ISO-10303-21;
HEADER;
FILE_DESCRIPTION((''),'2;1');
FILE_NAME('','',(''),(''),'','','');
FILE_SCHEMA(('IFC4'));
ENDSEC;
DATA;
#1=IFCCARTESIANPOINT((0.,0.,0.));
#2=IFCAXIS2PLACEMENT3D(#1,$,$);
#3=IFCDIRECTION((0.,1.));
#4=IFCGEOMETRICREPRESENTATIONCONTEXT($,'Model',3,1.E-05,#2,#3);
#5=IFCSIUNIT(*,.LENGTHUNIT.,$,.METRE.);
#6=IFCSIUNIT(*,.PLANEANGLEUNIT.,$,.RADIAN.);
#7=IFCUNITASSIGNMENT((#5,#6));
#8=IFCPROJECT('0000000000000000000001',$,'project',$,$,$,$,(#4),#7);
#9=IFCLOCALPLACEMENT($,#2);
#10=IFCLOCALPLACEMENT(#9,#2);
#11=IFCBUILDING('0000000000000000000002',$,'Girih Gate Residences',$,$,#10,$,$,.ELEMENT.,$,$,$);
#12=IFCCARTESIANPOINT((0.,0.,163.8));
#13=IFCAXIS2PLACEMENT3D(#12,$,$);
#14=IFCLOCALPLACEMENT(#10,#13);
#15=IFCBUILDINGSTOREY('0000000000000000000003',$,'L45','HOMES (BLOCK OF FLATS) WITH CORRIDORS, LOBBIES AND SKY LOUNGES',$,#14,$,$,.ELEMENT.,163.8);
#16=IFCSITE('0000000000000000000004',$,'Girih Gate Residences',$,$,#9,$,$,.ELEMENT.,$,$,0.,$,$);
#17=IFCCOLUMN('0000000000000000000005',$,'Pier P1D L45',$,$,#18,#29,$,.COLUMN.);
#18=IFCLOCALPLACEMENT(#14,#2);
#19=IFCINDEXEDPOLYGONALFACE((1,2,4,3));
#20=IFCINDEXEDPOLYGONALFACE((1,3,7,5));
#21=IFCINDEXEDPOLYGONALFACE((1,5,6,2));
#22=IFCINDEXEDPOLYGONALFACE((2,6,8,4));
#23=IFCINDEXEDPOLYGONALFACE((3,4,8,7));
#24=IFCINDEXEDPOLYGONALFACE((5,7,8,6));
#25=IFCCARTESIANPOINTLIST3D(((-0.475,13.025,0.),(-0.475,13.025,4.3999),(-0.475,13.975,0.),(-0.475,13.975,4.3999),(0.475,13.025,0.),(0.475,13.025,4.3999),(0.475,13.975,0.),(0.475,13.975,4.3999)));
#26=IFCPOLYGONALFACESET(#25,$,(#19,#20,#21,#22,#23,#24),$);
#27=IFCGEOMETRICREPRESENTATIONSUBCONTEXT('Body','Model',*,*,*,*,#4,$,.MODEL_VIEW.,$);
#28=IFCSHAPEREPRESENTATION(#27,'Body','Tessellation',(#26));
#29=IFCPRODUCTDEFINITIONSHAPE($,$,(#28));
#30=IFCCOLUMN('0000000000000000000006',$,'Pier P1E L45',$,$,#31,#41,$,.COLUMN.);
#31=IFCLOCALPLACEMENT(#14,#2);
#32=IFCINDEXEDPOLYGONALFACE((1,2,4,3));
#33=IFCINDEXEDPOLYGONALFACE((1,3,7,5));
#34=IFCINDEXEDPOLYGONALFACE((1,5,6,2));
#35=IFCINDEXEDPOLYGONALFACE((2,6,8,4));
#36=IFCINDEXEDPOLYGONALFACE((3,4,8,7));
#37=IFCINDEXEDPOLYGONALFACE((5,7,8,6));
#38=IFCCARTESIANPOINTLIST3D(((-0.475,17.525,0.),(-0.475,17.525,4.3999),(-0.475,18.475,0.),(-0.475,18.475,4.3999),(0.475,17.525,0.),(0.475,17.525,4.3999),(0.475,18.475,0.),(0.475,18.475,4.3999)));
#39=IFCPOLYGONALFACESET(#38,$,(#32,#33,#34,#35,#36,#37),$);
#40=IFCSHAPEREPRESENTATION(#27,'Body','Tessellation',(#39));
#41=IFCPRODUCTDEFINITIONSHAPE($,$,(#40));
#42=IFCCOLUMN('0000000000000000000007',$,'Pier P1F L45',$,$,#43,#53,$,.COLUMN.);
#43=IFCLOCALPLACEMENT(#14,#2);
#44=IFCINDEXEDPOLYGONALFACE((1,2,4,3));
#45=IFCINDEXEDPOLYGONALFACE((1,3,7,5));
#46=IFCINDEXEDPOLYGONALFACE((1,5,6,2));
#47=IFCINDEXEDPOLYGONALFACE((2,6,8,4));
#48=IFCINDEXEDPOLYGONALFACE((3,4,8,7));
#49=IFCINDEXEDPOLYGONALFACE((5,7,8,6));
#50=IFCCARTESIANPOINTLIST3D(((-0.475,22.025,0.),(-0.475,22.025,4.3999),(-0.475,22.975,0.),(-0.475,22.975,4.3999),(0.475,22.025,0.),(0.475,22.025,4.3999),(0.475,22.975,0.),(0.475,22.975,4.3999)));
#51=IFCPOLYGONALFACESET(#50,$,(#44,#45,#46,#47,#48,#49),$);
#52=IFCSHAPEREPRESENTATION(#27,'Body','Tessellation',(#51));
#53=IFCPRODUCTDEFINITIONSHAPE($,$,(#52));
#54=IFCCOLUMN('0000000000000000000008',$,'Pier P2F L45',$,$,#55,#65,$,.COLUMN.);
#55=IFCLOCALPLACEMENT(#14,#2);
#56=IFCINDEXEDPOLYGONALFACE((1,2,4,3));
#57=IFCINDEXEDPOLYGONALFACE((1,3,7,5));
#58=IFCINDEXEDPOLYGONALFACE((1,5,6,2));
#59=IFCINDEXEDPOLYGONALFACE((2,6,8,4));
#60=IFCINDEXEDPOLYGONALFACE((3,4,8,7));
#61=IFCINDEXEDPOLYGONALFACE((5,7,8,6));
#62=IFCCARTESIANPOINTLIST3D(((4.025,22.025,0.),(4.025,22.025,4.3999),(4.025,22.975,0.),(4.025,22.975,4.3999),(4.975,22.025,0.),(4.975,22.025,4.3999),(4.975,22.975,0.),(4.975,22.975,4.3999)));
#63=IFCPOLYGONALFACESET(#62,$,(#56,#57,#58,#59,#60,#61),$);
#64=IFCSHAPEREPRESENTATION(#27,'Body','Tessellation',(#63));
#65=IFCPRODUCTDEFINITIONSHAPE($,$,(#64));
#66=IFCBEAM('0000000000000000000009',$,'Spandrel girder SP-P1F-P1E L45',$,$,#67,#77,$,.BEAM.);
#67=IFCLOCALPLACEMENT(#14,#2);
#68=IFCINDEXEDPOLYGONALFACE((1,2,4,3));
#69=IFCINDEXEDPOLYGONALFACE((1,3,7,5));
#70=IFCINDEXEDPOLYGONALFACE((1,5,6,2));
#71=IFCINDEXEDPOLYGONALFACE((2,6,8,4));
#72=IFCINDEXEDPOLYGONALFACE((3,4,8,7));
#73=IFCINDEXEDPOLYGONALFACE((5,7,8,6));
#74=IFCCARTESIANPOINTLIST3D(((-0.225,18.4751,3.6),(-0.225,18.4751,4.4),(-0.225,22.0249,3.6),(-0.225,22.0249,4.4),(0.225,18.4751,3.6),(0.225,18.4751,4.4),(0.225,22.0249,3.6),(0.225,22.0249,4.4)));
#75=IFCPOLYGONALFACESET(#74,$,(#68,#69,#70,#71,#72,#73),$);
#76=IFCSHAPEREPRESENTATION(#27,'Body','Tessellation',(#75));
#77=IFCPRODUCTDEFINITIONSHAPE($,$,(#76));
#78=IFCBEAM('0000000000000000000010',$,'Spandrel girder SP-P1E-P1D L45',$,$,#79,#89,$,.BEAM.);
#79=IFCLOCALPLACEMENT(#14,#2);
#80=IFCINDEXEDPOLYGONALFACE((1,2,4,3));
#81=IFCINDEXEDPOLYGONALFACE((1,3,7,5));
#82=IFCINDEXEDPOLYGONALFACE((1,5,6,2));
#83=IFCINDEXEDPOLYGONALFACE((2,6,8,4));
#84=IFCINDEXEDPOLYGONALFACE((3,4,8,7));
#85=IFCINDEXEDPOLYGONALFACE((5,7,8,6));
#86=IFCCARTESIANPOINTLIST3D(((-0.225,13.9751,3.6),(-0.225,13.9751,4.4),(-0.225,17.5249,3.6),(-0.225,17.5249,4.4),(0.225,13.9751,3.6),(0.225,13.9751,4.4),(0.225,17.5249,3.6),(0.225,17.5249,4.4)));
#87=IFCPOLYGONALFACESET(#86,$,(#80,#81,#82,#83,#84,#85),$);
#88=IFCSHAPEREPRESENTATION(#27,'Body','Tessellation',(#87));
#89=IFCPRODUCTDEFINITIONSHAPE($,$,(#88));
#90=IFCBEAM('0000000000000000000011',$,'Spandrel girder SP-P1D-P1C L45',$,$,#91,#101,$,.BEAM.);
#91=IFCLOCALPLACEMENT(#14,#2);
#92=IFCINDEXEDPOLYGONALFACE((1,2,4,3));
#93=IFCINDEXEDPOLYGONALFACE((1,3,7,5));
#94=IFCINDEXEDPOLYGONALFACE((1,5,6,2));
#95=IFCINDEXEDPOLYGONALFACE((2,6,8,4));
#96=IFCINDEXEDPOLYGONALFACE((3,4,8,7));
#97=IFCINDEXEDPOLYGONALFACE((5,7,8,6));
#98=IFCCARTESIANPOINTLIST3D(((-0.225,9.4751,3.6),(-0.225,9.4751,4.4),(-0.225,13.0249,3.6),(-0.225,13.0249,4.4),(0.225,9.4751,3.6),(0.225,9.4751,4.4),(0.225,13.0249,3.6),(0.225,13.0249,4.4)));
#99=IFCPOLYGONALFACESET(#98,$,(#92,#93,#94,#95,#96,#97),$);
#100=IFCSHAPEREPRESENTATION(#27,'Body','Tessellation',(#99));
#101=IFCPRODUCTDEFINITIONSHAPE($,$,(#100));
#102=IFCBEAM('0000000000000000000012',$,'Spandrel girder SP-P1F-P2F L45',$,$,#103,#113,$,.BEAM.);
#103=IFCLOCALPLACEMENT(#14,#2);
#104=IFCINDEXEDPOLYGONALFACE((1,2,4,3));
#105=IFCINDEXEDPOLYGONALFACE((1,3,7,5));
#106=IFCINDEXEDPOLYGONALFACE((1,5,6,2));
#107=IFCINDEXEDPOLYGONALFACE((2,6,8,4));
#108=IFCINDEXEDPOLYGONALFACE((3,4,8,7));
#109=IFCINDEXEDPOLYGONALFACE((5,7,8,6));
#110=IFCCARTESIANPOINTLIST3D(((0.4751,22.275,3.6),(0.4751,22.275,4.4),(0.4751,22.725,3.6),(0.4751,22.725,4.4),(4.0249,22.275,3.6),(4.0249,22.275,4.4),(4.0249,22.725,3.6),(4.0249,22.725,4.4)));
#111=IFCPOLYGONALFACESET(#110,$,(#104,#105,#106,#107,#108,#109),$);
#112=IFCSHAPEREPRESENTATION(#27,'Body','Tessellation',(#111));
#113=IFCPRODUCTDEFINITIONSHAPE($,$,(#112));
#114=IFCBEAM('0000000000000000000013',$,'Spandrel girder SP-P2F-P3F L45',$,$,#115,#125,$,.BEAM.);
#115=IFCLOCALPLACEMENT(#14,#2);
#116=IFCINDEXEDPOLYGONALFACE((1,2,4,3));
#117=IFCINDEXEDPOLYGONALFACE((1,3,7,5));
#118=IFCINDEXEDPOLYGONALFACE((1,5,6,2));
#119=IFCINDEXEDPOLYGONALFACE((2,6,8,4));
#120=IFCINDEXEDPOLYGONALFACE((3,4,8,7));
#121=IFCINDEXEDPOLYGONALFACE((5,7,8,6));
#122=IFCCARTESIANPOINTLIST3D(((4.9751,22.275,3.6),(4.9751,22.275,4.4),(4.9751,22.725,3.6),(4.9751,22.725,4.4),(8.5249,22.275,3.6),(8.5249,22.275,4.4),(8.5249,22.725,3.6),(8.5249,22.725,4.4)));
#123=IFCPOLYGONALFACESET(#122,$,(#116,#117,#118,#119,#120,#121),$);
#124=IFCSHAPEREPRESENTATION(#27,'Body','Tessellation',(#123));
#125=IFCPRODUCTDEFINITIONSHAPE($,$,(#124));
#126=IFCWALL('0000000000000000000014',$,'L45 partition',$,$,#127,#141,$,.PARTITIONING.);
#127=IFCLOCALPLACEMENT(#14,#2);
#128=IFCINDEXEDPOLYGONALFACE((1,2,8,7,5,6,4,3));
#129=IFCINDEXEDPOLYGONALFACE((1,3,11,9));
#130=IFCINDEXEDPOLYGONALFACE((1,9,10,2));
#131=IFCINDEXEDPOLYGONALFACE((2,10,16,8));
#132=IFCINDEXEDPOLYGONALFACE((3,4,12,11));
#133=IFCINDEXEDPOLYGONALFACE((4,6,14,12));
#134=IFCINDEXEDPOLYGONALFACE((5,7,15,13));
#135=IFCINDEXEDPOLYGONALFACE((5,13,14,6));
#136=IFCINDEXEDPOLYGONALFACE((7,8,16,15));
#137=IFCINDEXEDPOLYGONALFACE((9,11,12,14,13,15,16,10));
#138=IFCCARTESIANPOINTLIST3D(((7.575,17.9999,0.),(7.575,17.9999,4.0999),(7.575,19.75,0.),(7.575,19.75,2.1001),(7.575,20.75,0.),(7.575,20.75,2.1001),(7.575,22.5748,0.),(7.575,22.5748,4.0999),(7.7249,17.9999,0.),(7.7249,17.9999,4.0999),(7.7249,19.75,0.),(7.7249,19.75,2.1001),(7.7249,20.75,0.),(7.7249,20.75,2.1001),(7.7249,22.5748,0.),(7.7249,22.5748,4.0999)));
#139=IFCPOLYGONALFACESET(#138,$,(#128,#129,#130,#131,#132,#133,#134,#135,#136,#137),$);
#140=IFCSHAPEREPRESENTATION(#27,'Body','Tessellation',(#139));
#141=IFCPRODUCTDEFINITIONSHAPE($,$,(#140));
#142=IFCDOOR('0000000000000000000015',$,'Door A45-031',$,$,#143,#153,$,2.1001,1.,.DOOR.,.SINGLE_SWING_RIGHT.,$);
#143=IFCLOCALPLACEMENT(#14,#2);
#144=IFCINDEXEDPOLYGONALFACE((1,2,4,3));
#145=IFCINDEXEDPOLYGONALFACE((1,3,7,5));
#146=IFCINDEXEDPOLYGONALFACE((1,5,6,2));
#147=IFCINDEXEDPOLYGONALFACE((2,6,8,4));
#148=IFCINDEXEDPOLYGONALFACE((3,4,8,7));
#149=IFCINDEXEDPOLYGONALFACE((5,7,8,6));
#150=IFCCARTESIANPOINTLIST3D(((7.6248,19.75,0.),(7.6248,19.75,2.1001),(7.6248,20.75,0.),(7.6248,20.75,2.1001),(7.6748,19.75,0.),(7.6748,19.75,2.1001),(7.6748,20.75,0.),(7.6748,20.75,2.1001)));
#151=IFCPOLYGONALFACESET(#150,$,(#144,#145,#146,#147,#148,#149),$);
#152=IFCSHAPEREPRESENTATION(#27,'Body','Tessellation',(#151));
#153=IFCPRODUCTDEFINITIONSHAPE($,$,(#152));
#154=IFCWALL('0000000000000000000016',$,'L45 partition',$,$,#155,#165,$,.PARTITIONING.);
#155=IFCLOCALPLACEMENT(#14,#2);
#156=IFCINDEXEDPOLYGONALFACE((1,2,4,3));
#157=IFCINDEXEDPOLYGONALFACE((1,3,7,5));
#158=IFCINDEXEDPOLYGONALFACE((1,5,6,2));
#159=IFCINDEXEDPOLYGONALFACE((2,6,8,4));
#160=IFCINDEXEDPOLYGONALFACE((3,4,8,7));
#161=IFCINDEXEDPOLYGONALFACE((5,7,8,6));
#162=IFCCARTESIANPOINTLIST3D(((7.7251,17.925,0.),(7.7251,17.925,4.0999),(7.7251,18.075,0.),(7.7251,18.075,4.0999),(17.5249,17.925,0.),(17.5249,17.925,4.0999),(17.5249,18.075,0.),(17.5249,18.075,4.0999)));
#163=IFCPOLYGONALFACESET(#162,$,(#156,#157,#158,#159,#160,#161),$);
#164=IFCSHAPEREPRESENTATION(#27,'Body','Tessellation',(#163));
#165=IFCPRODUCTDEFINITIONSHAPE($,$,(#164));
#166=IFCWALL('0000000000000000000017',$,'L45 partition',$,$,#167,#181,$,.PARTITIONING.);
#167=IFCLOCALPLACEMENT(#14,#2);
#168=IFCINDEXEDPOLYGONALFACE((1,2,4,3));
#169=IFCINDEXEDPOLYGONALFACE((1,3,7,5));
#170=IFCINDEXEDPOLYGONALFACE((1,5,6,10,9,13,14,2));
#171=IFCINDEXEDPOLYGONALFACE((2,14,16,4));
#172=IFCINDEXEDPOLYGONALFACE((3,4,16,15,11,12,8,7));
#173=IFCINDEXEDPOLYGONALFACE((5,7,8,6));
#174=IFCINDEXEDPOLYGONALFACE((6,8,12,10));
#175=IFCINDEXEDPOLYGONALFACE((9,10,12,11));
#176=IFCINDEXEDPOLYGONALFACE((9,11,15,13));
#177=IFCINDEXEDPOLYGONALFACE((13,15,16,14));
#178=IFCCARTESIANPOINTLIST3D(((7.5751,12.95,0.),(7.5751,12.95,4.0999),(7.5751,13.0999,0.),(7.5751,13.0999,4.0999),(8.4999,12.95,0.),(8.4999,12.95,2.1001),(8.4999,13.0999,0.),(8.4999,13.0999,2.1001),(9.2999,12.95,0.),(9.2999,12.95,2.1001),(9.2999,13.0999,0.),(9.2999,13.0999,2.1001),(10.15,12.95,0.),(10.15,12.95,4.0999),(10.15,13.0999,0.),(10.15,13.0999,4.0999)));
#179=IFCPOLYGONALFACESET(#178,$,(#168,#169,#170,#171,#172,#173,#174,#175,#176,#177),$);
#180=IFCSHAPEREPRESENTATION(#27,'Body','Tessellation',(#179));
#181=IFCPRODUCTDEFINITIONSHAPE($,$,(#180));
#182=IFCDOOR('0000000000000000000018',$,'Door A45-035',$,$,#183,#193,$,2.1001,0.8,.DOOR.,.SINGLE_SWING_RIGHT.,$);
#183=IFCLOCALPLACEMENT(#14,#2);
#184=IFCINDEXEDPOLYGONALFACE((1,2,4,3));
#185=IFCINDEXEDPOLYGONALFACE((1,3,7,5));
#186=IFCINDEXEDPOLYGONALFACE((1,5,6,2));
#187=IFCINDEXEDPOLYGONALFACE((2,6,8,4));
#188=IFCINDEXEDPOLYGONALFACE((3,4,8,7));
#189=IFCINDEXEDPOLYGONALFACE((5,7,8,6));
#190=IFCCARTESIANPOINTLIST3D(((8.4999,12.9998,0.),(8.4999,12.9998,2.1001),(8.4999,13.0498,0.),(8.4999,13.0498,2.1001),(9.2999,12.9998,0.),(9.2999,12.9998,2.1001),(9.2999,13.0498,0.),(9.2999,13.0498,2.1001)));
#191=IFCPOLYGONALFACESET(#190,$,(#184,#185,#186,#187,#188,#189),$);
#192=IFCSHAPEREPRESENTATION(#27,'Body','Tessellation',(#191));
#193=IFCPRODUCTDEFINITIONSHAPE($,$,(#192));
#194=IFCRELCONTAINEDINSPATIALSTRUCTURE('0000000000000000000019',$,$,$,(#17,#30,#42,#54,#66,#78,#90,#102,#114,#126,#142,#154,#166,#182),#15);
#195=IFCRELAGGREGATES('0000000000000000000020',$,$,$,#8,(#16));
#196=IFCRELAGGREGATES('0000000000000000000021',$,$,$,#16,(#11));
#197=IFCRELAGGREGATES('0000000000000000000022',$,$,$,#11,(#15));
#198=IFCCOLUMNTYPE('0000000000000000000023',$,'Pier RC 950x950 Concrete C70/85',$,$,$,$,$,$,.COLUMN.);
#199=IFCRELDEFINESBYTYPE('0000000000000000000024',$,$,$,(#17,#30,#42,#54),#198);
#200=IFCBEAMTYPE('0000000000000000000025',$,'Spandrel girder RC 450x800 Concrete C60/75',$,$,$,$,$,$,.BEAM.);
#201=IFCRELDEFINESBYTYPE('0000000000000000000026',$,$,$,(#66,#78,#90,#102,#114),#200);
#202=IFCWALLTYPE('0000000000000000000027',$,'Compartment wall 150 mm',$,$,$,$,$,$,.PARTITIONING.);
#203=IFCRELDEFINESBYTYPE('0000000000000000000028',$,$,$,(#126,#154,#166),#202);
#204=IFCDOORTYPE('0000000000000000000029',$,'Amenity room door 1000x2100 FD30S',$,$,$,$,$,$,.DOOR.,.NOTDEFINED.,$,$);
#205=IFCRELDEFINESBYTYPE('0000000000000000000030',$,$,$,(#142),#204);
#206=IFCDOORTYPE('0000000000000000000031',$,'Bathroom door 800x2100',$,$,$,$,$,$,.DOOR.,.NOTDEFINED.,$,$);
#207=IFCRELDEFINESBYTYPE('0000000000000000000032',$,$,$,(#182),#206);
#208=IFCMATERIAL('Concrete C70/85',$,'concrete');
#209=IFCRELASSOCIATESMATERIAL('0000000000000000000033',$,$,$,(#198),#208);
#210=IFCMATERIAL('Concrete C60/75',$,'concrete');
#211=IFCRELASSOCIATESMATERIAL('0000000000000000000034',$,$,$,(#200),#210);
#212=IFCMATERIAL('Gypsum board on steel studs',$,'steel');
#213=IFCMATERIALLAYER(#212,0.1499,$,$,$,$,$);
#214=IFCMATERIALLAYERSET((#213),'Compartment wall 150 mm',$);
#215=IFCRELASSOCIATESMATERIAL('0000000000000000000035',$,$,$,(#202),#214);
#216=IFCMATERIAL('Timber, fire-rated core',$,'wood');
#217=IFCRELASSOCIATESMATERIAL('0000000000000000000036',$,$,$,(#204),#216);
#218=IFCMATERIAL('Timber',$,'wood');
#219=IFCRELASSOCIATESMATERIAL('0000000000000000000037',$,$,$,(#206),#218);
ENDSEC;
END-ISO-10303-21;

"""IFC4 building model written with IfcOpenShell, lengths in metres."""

from ifc_helpers import new_model, si_unit, direction, frame, frame_2d, origin, origin_2d, place, context, subcontext, project, spatial, rectangle, extrude, material, layer, layer_set, material_profile, profile_set, type_object, element, fill, save


model = new_model("IFC4")

# Units and contexts
model_context = context("Model", 3, precision=1e-05, world=origin(), true_north=direction((0.0, 1.0)))
body_context = subcontext(model_context, "Body", "Model", "MODEL_VIEW")
ifc_project = project(units=[si_unit("LENGTHUNIT", "METRE"), si_unit("PLANEANGLEUNIT", "RADIAN")], contexts=[model_context])

# Site, building, storey
site_placement = place(None, origin())
site = spatial("IfcSite", under=ifc_project, at=site_placement, Name="Girih Gate Residences", CompositionType="ELEMENT", RefElevation=0.0)
building_placement = place(site_placement, origin())
building = spatial("IfcBuilding", under=site, at=building_placement, Name="Girih Gate Residences", CompositionType="ELEMENT")
storey_placement = place(building_placement, frame((0.0, 0.0, 163.8)))
storey = spatial("IfcBuildingStorey", under=building, at=storey_placement, Name="L45", Description="HOMES (BLOCK OF FLATS) WITH CORRIDORS, LOBBIES AND SKY LOUNGES", CompositionType="ELEMENT", Elevation=163.8)

# Columns
ifc_material_1 = material(Name="Concrete C70/85", Category="concrete")
ifc_material_profile_1 = material_profile(ifc_material_1, rectangle(XDim=0.95, YDim=0.95, at=origin_2d()))
ifc_profile_set_1 = profile_set([ifc_material_profile_1], Name="Concrete C70/85")
column_type = type_object("IfcColumnType", Name="Pier RC 950x950 Concrete C70/85", PredefinedType="COLUMN", material=ifc_profile_set_1)
for number, where, z_axis, x_axis, name in (
    (1, (0.0, 13.5, 0.0), (0.0, 0.0, 1.0), (1.0, 0.0, 0.0), "Pier P1D L45"),
    (2, (0.0, 18.0, 0.0), (0.0, 0.0, 1.0), (1.0, 0.0, 0.0), "Pier P1E L45"),
    (3, (0.0, 22.5, 0.0), (0.0, 0.0, 1.0), (1.0, 0.0, 0.0), "Pier P1F L45"),
    (4, (4.5, 22.5, 0.0), (0.0, 0.0, 1.0), (1.0, 0.0, 0.0), "Pier P2F L45"),
):
    element("IfcColumn", number, at=place(storey_placement, frame(where, z_axis=z_axis, x_axis=x_axis)), inside=storey, type_object=column_type, Name=name, PredefinedType="COLUMN", context=body_context, shape_type="SweptSolid", body=[
        extrude(rectangle(XDim=0.95, YDim=0.95, at=origin_2d()), origin(), (0.0, 0.0, 1.0), 4.3999),
    ])

# Beams
ifc_material_2 = material(Name="Concrete C60/75", Category="concrete")
ifc_material_profile_2 = material_profile(ifc_material_2, rectangle(XDim=0.45, YDim=0.8, at=origin_2d()))
ifc_profile_set_2 = profile_set([ifc_material_profile_2], Name="Concrete C60/75")
beam_type = type_object("IfcBeamType", Name="Spandrel girder RC 450x800 Concrete C60/75", PredefinedType="BEAM", material=ifc_profile_set_2)
for number, where, z_axis, x_axis, name in (
    (5, (0.0, 22.0249, 4.0), (0.0, -1.0, 0.0), (1.0, 0.0, 0.0), "Spandrel girder SP-P1F-P1E L45"),
    (6, (0.0, 17.5249, 4.0), (0.0, -1.0, 0.0), (1.0, 0.0, 0.0), "Spandrel girder SP-P1E-P1D L45"),
    (7, (0.0, 13.0249, 4.0), (0.0, -1.0, 0.0), (1.0, 0.0, 0.0), "Spandrel girder SP-P1D-P1C L45"),
    (8, (0.4751, 22.5, 4.0), (1.0, 0.0, 0.0), (0.0, 1.0, 0.0), "Spandrel girder SP-P1F-P2F L45"),
    (9, (4.9751, 22.5, 4.0), (1.0, 0.0, 0.0), (0.0, 1.0, 0.0), "Spandrel girder SP-P2F-P3F L45"),
):
    element("IfcBeam", number, at=place(storey_placement, frame(where, z_axis=z_axis, x_axis=x_axis)), inside=storey, type_object=beam_type, Name=name, PredefinedType="BEAM", context=body_context, shape_type="SweptSolid", body=[
        extrude(rectangle(XDim=0.45, YDim=0.8, at=origin_2d()), origin(), (0.0, 0.0, 1.0), 3.5498),
    ])

# Wall, opening, door
ifc_material_3 = material(Name="Gypsum board on steel studs", Category="steel")
ifc_layer_1 = layer(ifc_material_3, 0.1499)
ifc_layer_set_1 = layer_set([ifc_layer_1], Name="Compartment wall 150 mm")
wall_type_1 = type_object("IfcWallType", Name="Compartment wall 150 mm", PredefinedType="PARTITIONING", material=ifc_layer_set_1)
wall_1_placement = place(storey_placement, frame((7.6499, 22.575, 0.0), z_axis=(0.0, 0.0, 1.0), x_axis=(0.0, -1.0, 0.0)))
wall_1 = element("IfcWall", 10, at=wall_1_placement, inside=storey, type_object=wall_type_1, Name="L45 partition", PredefinedType="PARTITIONING", context=body_context, shape_type="SweptSolid", body=[
    extrude(rectangle(XDim=4.575, YDim=0.1499, at=frame_2d((2.2876, 0.0))), origin(), (0.0, 0.0, 1.0), 4.0999),
])
opening_1_placement = place(wall_1_placement, frame((1.825, 0.0, 0.0)))
opening_1 = element("IfcOpeningElement", 11, at=opening_1_placement, cuts=wall_1, PredefinedType="OPENING", context=body_context, shape_type="SweptSolid", body=[
    extrude(rectangle(XDim=1.0, YDim=2.1001, at=frame_2d((0.5, 1.05))), frame((0.0, 0.085, 0.0), z_axis=(0.0, -1.0, 0.0), x_axis=(1.0, 0.0, 0.0)), (0.0, 0.0, 1.0), 0.1699),
])
ifc_material_4 = material(Name="Timber, fire-rated core", Category="wood")
door_type_1 = type_object("IfcDoorType", Name="Amenity room door 1000x2100 FD30S", OperationType="NOTDEFINED", PredefinedType="DOOR", material=ifc_material_4)
door_1_placement = place(opening_1_placement, origin())
door_1 = element("IfcDoor", 12, at=door_1_placement, inside=storey, type_object=door_type_1, Name="Door A45-031", OperationType="SINGLE_SWING_RIGHT", OverallHeight=2.1001, OverallWidth=1.0, PredefinedType="DOOR", context=body_context, shape_type="SweptSolid", body=[
    extrude(rectangle(XDim=1.0, YDim=2.1001, at=frame_2d((0.5, 1.05))), frame((0.0, 0.0249, 0.0), z_axis=(0.0, -1.0, 0.0), x_axis=(1.0, 0.0, 0.0)), (0.0, 0.0, 1.0), 0.05),
])
fill(opening_1, door_1)

# Wall
wall_2_placement = place(storey_placement, frame((7.7251, 18.0, 0.0), z_axis=(0.0, 0.0, 1.0), x_axis=(1.0, 0.0, 0.0)))
element("IfcWall", 13, at=wall_2_placement, inside=storey, type_object=wall_type_1, Name="L45 partition", PredefinedType="PARTITIONING", context=body_context, shape_type="SweptSolid", body=[
    extrude(rectangle(XDim=9.7998, YDim=0.1499, at=frame_2d((4.8999, 0.0))), origin(), (0.0, 0.0, 1.0), 4.0999),
])

# Wall, opening, door
wall_3_placement = place(storey_placement, frame((7.575, 13.0249, 0.0), z_axis=(0.0, 0.0, 1.0), x_axis=(1.0, 0.0, 0.0)))
wall_3 = element("IfcWall", 14, at=wall_3_placement, inside=storey, type_object=wall_type_1, Name="L45 partition", PredefinedType="PARTITIONING", context=body_context, shape_type="SweptSolid", body=[
    extrude(rectangle(XDim=2.575, YDim=0.1499, at=frame_2d((1.2876, 0.0))), origin(), (0.0, 0.0, 1.0), 4.0999),
])
opening_2_placement = place(wall_3_placement, frame((0.925, 0.0, 0.0)))
opening_2 = element("IfcOpeningElement", 15, at=opening_2_placement, cuts=wall_3, PredefinedType="OPENING", context=body_context, shape_type="SweptSolid", body=[
    extrude(rectangle(XDim=0.8, YDim=2.1001, at=frame_2d((0.3999, 1.05))), frame((0.0, 0.085, 0.0), z_axis=(0.0, -1.0, 0.0), x_axis=(1.0, 0.0, 0.0)), (0.0, 0.0, 1.0), 0.1699),
])
ifc_material_5 = material(Name="Timber", Category="wood")
door_type_2 = type_object("IfcDoorType", Name="Bathroom door 800x2100", OperationType="NOTDEFINED", PredefinedType="DOOR", material=ifc_material_5)
door_2_placement = place(opening_2_placement, origin())
door_2 = element("IfcDoor", 16, at=door_2_placement, inside=storey, type_object=door_type_2, Name="Door A45-035", OperationType="SINGLE_SWING_RIGHT", OverallHeight=2.1001, OverallWidth=0.8, PredefinedType="DOOR", context=body_context, shape_type="SweptSolid", body=[
    extrude(rectangle(XDim=0.8, YDim=2.1001, at=frame_2d((0.3999, 1.05))), frame((0.0, 0.0249, 0.0), z_axis=(0.0, -1.0, 0.0), x_axis=(1.0, 0.0, 0.0)), (0.0, 0.0, 1.0), 0.05),
])
fill(opening_2, door_2)

save(model, "model.ifc")
